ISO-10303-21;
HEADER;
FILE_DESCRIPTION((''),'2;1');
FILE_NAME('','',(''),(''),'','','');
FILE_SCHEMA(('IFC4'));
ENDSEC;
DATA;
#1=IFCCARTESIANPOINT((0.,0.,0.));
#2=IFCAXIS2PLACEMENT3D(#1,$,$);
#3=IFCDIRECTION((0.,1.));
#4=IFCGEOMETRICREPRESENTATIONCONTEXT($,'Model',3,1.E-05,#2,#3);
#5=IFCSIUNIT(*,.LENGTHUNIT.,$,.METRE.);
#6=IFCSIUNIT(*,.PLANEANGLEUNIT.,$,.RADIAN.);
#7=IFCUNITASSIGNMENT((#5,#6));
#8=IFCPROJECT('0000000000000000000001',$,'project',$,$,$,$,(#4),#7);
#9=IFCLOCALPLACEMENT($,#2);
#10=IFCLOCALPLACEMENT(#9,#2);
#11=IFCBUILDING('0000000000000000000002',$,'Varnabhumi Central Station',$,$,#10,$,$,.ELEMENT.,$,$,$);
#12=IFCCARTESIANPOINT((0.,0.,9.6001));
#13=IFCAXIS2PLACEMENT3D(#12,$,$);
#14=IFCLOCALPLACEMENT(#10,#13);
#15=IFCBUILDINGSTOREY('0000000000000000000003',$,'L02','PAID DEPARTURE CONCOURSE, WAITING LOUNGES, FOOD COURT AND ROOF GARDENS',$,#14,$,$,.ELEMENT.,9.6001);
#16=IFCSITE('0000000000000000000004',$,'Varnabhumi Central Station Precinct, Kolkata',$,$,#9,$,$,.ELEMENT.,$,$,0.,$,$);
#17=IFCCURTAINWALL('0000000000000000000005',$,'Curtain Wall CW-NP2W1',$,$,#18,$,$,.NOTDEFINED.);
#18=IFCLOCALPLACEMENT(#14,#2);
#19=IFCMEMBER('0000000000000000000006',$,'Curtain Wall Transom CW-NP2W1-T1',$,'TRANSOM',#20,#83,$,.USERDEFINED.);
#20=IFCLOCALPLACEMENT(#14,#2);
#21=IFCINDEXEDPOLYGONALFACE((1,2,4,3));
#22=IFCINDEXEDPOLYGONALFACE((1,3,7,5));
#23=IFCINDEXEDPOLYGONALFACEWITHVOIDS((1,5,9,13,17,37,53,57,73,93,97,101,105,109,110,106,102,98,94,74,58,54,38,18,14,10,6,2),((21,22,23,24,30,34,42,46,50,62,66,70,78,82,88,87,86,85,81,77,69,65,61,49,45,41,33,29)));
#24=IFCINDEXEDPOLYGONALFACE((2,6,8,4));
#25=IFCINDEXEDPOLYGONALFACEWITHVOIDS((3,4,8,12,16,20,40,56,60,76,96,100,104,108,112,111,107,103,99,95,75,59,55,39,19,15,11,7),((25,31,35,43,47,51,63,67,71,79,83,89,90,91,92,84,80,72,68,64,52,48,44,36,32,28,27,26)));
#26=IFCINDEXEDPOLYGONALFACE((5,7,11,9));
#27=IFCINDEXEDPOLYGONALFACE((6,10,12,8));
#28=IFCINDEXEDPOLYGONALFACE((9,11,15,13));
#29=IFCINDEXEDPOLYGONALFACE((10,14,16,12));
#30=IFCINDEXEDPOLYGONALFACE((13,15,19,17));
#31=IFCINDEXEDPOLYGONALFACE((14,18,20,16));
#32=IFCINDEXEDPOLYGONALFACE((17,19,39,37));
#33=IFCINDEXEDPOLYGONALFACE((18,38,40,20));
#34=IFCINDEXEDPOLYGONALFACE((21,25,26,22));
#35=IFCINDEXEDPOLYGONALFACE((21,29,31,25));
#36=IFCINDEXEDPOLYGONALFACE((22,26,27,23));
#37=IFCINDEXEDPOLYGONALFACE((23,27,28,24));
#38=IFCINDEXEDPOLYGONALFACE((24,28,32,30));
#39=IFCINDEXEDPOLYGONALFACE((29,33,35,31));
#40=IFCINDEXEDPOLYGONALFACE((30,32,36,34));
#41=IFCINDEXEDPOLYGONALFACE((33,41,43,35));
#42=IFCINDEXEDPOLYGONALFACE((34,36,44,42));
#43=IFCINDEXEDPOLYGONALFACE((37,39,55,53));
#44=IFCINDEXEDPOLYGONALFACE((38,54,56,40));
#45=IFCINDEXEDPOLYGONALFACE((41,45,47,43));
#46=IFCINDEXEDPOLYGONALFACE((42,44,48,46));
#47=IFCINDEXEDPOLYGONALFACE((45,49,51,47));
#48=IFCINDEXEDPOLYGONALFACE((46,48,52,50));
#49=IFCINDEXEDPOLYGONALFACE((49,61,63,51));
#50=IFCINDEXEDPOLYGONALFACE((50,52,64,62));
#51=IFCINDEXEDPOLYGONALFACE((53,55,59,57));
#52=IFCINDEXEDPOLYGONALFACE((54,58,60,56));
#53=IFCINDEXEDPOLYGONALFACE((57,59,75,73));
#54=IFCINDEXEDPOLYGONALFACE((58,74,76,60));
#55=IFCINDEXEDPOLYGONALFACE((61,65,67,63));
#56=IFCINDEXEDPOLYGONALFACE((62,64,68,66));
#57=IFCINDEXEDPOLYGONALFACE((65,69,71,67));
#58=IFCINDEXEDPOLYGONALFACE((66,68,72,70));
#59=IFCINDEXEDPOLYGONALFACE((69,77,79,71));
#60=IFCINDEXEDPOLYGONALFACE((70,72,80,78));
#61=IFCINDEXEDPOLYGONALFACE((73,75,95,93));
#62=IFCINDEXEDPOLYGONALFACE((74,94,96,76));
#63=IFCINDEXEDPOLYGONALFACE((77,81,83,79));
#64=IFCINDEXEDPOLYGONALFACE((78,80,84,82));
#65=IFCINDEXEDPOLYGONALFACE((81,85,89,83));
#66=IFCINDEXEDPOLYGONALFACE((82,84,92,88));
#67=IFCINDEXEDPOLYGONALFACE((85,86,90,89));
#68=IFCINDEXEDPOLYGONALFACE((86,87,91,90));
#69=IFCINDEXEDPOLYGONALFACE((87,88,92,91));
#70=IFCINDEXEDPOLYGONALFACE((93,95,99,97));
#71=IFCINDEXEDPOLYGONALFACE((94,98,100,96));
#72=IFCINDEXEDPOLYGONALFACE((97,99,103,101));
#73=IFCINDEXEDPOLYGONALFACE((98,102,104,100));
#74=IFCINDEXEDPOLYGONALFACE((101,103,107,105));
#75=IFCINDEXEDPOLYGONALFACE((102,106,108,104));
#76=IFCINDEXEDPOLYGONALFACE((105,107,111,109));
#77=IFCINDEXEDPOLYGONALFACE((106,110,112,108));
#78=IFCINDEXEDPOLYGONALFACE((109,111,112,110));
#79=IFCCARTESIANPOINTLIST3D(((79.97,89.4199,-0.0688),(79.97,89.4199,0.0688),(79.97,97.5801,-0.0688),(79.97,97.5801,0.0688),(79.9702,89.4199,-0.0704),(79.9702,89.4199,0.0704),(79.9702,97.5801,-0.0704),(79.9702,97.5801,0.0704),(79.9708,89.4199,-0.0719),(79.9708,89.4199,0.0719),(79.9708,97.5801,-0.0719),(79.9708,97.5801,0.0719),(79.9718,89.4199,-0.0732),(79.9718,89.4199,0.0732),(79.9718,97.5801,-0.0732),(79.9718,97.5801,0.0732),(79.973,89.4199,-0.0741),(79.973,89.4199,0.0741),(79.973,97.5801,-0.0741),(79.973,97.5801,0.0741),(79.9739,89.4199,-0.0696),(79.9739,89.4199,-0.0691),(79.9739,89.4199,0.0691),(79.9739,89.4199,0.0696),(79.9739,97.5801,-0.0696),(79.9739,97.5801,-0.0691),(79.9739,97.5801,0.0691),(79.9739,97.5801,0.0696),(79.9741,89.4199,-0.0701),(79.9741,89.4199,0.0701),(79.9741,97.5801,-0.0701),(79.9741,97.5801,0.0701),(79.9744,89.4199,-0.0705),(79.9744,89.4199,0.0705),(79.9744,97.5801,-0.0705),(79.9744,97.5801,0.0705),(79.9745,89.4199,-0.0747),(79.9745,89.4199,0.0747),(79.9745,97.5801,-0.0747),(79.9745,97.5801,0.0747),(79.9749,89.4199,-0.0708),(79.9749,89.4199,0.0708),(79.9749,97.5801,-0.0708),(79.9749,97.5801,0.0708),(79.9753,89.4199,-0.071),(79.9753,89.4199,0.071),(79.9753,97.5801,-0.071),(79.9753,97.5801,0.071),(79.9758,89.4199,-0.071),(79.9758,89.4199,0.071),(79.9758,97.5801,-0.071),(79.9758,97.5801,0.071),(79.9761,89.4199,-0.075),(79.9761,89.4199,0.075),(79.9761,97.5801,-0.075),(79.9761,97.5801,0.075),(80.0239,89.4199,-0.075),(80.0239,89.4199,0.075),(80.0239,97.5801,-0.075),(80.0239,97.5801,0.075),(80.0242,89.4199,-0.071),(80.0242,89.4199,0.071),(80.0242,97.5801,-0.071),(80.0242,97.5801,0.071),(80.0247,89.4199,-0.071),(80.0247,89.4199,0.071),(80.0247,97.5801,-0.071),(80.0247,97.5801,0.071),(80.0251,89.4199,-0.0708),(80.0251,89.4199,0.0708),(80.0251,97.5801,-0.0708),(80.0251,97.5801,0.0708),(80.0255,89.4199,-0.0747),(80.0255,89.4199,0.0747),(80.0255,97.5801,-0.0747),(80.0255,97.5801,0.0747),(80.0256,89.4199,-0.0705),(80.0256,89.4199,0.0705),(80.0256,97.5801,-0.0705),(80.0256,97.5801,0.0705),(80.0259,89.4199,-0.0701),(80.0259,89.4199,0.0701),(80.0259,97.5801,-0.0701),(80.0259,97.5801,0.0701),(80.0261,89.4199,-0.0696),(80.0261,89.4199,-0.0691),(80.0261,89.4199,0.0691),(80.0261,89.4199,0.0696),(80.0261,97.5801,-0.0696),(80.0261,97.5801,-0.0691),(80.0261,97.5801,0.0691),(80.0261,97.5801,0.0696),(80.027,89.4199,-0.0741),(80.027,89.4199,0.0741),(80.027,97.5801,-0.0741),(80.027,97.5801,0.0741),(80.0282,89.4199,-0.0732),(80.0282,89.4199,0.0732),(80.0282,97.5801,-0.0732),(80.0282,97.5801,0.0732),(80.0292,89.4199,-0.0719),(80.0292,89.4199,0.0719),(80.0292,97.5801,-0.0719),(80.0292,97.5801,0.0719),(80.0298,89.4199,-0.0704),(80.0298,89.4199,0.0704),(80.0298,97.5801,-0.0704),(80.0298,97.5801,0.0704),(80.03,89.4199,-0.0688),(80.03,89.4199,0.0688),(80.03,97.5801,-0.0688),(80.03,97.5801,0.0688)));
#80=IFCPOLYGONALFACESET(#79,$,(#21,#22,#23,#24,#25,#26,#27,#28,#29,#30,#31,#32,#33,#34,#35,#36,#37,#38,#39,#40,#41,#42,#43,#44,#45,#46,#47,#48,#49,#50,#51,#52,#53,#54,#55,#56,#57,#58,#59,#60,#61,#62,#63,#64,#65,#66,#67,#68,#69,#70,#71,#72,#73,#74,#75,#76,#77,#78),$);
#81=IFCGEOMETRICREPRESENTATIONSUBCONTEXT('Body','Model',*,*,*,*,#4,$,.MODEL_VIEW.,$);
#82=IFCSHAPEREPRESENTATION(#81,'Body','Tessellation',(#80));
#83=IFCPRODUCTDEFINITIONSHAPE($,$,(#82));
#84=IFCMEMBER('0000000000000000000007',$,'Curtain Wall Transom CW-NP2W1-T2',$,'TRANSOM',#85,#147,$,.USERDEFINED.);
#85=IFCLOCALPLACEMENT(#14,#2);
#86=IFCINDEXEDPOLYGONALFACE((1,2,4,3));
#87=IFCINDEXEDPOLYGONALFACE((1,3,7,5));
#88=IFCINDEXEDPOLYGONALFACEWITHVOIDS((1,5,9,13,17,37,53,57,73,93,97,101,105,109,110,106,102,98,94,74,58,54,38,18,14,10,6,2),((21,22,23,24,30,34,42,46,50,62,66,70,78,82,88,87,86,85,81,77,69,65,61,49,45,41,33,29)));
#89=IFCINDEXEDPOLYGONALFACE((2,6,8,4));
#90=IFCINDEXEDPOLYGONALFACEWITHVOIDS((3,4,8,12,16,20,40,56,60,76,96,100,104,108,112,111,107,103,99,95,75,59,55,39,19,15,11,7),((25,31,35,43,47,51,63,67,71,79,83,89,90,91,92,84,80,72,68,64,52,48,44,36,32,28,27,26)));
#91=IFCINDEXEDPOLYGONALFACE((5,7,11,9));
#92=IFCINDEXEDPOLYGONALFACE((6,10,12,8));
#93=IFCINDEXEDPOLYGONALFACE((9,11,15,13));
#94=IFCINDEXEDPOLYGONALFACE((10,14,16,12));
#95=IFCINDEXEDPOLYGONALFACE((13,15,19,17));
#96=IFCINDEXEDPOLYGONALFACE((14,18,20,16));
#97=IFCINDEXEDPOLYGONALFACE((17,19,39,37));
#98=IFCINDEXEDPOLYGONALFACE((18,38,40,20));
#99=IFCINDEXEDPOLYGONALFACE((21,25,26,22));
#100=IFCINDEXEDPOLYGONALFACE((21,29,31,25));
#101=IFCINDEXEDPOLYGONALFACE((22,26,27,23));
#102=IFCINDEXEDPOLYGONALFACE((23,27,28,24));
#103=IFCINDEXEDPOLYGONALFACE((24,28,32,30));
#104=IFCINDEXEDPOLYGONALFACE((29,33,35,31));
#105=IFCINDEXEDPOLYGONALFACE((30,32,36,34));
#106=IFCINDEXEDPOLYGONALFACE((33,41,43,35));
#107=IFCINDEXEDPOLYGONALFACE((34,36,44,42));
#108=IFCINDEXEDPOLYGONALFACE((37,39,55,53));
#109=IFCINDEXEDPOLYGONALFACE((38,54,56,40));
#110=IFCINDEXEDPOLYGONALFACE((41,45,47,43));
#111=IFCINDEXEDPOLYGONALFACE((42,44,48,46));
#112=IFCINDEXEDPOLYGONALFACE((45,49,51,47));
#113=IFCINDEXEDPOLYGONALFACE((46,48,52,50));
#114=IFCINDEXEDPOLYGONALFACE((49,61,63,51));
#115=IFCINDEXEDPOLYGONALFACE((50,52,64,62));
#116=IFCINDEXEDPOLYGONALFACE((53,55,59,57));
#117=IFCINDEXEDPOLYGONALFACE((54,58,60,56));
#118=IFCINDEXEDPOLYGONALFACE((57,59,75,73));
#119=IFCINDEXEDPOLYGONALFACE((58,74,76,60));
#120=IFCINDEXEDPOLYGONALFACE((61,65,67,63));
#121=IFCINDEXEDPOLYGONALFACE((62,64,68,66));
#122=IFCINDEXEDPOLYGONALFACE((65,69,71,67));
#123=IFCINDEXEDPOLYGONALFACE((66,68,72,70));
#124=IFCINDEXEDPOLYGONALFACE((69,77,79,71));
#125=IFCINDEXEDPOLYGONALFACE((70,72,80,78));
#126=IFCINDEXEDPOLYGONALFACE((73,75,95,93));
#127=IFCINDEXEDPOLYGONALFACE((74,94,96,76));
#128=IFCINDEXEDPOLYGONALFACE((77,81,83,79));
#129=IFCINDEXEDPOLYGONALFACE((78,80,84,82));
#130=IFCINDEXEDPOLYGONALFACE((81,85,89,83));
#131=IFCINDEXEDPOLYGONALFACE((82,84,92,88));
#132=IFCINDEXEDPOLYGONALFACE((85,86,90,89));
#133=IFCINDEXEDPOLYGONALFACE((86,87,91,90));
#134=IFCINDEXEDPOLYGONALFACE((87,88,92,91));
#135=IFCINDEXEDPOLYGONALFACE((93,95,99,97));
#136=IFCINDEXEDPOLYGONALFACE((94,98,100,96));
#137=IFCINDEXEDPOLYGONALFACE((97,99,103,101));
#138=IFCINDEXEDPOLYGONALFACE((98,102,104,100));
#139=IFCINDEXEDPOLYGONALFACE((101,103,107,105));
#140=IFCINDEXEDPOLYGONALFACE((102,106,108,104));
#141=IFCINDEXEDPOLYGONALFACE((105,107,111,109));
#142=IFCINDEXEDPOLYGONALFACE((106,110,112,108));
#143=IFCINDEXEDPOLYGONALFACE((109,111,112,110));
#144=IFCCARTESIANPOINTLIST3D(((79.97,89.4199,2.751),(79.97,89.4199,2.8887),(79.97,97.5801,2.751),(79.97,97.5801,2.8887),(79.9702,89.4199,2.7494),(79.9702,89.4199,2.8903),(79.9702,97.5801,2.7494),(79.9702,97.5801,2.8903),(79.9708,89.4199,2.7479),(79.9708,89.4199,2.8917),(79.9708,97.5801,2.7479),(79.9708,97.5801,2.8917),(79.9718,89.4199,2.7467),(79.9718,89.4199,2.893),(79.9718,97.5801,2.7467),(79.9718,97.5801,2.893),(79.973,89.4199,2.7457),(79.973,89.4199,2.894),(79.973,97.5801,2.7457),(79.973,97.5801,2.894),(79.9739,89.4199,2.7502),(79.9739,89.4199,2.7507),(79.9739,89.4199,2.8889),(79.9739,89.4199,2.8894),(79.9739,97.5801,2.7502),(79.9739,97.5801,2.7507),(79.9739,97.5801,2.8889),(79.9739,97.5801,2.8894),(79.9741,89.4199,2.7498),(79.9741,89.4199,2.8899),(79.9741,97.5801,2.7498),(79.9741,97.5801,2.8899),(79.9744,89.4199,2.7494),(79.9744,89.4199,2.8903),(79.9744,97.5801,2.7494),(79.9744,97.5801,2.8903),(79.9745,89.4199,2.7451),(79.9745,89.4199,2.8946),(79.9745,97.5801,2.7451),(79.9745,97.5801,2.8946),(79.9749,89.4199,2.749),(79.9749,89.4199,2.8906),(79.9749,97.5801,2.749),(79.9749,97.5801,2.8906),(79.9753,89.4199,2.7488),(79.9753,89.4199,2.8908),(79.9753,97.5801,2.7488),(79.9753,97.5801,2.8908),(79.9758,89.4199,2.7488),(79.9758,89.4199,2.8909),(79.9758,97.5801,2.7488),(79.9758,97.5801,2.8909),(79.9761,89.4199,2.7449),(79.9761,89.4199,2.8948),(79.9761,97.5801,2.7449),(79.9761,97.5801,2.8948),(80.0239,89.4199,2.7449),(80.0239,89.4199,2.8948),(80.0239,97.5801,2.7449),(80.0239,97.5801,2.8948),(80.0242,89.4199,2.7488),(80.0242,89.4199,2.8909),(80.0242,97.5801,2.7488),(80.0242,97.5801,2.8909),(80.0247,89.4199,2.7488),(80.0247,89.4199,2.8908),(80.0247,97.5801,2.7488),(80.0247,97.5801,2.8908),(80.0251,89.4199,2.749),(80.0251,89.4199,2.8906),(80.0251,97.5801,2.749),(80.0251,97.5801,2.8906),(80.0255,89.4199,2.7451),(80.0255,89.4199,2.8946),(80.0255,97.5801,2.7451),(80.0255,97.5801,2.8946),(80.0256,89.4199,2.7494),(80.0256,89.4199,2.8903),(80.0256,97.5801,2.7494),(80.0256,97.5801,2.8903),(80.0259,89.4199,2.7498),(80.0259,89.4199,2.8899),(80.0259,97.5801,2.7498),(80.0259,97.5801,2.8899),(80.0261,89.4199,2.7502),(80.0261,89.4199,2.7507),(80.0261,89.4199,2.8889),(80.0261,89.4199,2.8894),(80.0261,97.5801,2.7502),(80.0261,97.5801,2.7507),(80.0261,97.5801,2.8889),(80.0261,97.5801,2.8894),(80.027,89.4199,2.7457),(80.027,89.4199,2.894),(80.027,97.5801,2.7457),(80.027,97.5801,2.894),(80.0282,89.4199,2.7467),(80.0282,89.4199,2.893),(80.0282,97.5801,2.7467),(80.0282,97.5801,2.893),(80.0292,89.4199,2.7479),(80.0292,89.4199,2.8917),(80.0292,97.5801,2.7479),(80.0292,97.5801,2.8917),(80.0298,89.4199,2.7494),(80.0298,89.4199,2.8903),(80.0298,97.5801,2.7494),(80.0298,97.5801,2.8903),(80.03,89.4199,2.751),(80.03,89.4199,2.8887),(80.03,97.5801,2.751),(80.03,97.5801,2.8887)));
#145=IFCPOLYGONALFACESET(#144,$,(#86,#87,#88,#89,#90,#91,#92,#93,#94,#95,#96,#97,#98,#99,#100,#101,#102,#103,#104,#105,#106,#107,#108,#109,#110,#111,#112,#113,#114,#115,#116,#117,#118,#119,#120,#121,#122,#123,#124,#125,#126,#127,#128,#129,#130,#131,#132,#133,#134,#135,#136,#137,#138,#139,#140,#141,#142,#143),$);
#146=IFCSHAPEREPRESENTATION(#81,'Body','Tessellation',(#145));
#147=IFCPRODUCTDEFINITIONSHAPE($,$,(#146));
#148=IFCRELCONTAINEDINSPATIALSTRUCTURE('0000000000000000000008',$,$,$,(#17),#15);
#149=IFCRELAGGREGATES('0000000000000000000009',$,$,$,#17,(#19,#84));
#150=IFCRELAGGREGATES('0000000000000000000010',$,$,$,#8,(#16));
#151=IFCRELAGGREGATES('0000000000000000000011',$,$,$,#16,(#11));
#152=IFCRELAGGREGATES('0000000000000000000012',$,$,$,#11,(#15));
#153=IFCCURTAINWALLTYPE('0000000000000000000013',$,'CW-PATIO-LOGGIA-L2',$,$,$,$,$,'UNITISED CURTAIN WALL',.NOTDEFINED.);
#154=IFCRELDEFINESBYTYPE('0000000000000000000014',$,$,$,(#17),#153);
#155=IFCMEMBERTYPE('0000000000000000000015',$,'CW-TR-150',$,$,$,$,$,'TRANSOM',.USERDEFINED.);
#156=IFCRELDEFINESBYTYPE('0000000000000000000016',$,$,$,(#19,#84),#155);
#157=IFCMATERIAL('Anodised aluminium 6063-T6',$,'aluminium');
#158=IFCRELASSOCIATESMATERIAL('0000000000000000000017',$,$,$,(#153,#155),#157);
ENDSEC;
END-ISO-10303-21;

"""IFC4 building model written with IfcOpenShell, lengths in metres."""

from ifc_helpers import new_model, si_unit, direction, frame, origin, origin_2d, place, context, subcontext, project, spatial, hollow_rectangle, extrude, material, material_profile, profile_set, type_object, element, aggregate, save


model = new_model("IFC4")

# Units and contexts
model_context = context("Model", 3, precision=1e-05, world=origin(), true_north=direction((0.0, 1.0)))
body_context = subcontext(model_context, "Body", "Model", "MODEL_VIEW")
ifc_project = project(units=[si_unit("LENGTHUNIT", "METRE"), si_unit("PLANEANGLEUNIT", "RADIAN")], contexts=[model_context])

# Site, building, storey
site_placement = place(None, origin())
site = spatial("IfcSite", under=ifc_project, at=site_placement, Name="Varnabhumi Central Station Precinct, Kolkata", CompositionType="ELEMENT", RefElevation=0.0)
building_placement = place(site_placement, origin())
building = spatial("IfcBuilding", under=site, at=building_placement, Name="Varnabhumi Central Station", CompositionType="ELEMENT")
storey_placement = place(building_placement, frame((0.0, 0.0, 9.6001)))
storey = spatial("IfcBuildingStorey", under=building, at=storey_placement, Name="L02", Description="PAID DEPARTURE CONCOURSE, WAITING LOUNGES, FOOD COURT AND ROOF GARDENS", CompositionType="ELEMENT", Elevation=9.6001)

# Curtain wall
ifc_material_1 = material(Name="Anodised aluminium 6063-T6", Category="aluminium")
curtain_wall_type = type_object("IfcCurtainWallType", Name="CW-PATIO-LOGGIA-L2", ElementType="UNITISED CURTAIN WALL", PredefinedType="NOTDEFINED", material=ifc_material_1)
curtain_wall_1_placement = place(storey_placement, origin())
curtain_wall_1 = element("IfcCurtainWall", 1, at=curtain_wall_1_placement, inside=storey, type_object=curtain_wall_type, Name="Curtain Wall CW-NP2W1", PredefinedType="NOTDEFINED")

# Members
ifc_material_profile_1 = material_profile(ifc_material_1, hollow_rectangle(XDim=0.0601, YDim=0.1499, WallThickness=0.0039, InnerFilletRadius=0.002, OuterFilletRadius=0.0061, at=origin_2d()), Name="Anodised aluminium 6063-T6", Category="aluminium")
ifc_profile_set_1 = profile_set([ifc_material_profile_1], Name="Anodised aluminium 6063-T6")
member_type_1 = type_object("IfcMemberType", Name="CW-TR-150", ElementType="TRANSOM", PredefinedType="USERDEFINED", material=ifc_profile_set_1)
member_1_placement = place(storey_placement, frame((80.0, 89.4199, 0.0), z_axis=(0.0, 1.0, 0.0), x_axis=(-1.0, 0.0, 0.0)))
member_1 = element("IfcMember", 2, at=member_1_placement, type_object=member_type_1, Name="Curtain Wall Transom CW-NP2W1-T1", ObjectType="TRANSOM", PredefinedType="USERDEFINED", context=body_context, shape_type="SweptSolid", body=[
    extrude(hollow_rectangle(XDim=0.0601, YDim=0.1499, WallThickness=0.0039, InnerFilletRadius=0.002, OuterFilletRadius=0.0061, at=origin_2d()), origin(), (0.0, 0.0, 1.0), 8.1602),
])
member_2_placement = place(storey_placement, frame((80.0, 89.4199, 2.8198), z_axis=(0.0, 1.0, 0.0), x_axis=(-1.0, 0.0, 0.0)))
member_2 = element("IfcMember", 3, at=member_2_placement, type_object=member_type_1, Name="Curtain Wall Transom CW-NP2W1-T2", ObjectType="TRANSOM", PredefinedType="USERDEFINED", context=body_context, shape_type="SweptSolid", body=[
    extrude(hollow_rectangle(XDim=0.0601, YDim=0.1499, WallThickness=0.0039, InnerFilletRadius=0.002, OuterFilletRadius=0.0061, at=origin_2d()), origin(), (0.0, 0.0, 1.0), 8.1602),
])

aggregate(curtain_wall_1, [member_1, member_2])

save(model, "model.ifc")
